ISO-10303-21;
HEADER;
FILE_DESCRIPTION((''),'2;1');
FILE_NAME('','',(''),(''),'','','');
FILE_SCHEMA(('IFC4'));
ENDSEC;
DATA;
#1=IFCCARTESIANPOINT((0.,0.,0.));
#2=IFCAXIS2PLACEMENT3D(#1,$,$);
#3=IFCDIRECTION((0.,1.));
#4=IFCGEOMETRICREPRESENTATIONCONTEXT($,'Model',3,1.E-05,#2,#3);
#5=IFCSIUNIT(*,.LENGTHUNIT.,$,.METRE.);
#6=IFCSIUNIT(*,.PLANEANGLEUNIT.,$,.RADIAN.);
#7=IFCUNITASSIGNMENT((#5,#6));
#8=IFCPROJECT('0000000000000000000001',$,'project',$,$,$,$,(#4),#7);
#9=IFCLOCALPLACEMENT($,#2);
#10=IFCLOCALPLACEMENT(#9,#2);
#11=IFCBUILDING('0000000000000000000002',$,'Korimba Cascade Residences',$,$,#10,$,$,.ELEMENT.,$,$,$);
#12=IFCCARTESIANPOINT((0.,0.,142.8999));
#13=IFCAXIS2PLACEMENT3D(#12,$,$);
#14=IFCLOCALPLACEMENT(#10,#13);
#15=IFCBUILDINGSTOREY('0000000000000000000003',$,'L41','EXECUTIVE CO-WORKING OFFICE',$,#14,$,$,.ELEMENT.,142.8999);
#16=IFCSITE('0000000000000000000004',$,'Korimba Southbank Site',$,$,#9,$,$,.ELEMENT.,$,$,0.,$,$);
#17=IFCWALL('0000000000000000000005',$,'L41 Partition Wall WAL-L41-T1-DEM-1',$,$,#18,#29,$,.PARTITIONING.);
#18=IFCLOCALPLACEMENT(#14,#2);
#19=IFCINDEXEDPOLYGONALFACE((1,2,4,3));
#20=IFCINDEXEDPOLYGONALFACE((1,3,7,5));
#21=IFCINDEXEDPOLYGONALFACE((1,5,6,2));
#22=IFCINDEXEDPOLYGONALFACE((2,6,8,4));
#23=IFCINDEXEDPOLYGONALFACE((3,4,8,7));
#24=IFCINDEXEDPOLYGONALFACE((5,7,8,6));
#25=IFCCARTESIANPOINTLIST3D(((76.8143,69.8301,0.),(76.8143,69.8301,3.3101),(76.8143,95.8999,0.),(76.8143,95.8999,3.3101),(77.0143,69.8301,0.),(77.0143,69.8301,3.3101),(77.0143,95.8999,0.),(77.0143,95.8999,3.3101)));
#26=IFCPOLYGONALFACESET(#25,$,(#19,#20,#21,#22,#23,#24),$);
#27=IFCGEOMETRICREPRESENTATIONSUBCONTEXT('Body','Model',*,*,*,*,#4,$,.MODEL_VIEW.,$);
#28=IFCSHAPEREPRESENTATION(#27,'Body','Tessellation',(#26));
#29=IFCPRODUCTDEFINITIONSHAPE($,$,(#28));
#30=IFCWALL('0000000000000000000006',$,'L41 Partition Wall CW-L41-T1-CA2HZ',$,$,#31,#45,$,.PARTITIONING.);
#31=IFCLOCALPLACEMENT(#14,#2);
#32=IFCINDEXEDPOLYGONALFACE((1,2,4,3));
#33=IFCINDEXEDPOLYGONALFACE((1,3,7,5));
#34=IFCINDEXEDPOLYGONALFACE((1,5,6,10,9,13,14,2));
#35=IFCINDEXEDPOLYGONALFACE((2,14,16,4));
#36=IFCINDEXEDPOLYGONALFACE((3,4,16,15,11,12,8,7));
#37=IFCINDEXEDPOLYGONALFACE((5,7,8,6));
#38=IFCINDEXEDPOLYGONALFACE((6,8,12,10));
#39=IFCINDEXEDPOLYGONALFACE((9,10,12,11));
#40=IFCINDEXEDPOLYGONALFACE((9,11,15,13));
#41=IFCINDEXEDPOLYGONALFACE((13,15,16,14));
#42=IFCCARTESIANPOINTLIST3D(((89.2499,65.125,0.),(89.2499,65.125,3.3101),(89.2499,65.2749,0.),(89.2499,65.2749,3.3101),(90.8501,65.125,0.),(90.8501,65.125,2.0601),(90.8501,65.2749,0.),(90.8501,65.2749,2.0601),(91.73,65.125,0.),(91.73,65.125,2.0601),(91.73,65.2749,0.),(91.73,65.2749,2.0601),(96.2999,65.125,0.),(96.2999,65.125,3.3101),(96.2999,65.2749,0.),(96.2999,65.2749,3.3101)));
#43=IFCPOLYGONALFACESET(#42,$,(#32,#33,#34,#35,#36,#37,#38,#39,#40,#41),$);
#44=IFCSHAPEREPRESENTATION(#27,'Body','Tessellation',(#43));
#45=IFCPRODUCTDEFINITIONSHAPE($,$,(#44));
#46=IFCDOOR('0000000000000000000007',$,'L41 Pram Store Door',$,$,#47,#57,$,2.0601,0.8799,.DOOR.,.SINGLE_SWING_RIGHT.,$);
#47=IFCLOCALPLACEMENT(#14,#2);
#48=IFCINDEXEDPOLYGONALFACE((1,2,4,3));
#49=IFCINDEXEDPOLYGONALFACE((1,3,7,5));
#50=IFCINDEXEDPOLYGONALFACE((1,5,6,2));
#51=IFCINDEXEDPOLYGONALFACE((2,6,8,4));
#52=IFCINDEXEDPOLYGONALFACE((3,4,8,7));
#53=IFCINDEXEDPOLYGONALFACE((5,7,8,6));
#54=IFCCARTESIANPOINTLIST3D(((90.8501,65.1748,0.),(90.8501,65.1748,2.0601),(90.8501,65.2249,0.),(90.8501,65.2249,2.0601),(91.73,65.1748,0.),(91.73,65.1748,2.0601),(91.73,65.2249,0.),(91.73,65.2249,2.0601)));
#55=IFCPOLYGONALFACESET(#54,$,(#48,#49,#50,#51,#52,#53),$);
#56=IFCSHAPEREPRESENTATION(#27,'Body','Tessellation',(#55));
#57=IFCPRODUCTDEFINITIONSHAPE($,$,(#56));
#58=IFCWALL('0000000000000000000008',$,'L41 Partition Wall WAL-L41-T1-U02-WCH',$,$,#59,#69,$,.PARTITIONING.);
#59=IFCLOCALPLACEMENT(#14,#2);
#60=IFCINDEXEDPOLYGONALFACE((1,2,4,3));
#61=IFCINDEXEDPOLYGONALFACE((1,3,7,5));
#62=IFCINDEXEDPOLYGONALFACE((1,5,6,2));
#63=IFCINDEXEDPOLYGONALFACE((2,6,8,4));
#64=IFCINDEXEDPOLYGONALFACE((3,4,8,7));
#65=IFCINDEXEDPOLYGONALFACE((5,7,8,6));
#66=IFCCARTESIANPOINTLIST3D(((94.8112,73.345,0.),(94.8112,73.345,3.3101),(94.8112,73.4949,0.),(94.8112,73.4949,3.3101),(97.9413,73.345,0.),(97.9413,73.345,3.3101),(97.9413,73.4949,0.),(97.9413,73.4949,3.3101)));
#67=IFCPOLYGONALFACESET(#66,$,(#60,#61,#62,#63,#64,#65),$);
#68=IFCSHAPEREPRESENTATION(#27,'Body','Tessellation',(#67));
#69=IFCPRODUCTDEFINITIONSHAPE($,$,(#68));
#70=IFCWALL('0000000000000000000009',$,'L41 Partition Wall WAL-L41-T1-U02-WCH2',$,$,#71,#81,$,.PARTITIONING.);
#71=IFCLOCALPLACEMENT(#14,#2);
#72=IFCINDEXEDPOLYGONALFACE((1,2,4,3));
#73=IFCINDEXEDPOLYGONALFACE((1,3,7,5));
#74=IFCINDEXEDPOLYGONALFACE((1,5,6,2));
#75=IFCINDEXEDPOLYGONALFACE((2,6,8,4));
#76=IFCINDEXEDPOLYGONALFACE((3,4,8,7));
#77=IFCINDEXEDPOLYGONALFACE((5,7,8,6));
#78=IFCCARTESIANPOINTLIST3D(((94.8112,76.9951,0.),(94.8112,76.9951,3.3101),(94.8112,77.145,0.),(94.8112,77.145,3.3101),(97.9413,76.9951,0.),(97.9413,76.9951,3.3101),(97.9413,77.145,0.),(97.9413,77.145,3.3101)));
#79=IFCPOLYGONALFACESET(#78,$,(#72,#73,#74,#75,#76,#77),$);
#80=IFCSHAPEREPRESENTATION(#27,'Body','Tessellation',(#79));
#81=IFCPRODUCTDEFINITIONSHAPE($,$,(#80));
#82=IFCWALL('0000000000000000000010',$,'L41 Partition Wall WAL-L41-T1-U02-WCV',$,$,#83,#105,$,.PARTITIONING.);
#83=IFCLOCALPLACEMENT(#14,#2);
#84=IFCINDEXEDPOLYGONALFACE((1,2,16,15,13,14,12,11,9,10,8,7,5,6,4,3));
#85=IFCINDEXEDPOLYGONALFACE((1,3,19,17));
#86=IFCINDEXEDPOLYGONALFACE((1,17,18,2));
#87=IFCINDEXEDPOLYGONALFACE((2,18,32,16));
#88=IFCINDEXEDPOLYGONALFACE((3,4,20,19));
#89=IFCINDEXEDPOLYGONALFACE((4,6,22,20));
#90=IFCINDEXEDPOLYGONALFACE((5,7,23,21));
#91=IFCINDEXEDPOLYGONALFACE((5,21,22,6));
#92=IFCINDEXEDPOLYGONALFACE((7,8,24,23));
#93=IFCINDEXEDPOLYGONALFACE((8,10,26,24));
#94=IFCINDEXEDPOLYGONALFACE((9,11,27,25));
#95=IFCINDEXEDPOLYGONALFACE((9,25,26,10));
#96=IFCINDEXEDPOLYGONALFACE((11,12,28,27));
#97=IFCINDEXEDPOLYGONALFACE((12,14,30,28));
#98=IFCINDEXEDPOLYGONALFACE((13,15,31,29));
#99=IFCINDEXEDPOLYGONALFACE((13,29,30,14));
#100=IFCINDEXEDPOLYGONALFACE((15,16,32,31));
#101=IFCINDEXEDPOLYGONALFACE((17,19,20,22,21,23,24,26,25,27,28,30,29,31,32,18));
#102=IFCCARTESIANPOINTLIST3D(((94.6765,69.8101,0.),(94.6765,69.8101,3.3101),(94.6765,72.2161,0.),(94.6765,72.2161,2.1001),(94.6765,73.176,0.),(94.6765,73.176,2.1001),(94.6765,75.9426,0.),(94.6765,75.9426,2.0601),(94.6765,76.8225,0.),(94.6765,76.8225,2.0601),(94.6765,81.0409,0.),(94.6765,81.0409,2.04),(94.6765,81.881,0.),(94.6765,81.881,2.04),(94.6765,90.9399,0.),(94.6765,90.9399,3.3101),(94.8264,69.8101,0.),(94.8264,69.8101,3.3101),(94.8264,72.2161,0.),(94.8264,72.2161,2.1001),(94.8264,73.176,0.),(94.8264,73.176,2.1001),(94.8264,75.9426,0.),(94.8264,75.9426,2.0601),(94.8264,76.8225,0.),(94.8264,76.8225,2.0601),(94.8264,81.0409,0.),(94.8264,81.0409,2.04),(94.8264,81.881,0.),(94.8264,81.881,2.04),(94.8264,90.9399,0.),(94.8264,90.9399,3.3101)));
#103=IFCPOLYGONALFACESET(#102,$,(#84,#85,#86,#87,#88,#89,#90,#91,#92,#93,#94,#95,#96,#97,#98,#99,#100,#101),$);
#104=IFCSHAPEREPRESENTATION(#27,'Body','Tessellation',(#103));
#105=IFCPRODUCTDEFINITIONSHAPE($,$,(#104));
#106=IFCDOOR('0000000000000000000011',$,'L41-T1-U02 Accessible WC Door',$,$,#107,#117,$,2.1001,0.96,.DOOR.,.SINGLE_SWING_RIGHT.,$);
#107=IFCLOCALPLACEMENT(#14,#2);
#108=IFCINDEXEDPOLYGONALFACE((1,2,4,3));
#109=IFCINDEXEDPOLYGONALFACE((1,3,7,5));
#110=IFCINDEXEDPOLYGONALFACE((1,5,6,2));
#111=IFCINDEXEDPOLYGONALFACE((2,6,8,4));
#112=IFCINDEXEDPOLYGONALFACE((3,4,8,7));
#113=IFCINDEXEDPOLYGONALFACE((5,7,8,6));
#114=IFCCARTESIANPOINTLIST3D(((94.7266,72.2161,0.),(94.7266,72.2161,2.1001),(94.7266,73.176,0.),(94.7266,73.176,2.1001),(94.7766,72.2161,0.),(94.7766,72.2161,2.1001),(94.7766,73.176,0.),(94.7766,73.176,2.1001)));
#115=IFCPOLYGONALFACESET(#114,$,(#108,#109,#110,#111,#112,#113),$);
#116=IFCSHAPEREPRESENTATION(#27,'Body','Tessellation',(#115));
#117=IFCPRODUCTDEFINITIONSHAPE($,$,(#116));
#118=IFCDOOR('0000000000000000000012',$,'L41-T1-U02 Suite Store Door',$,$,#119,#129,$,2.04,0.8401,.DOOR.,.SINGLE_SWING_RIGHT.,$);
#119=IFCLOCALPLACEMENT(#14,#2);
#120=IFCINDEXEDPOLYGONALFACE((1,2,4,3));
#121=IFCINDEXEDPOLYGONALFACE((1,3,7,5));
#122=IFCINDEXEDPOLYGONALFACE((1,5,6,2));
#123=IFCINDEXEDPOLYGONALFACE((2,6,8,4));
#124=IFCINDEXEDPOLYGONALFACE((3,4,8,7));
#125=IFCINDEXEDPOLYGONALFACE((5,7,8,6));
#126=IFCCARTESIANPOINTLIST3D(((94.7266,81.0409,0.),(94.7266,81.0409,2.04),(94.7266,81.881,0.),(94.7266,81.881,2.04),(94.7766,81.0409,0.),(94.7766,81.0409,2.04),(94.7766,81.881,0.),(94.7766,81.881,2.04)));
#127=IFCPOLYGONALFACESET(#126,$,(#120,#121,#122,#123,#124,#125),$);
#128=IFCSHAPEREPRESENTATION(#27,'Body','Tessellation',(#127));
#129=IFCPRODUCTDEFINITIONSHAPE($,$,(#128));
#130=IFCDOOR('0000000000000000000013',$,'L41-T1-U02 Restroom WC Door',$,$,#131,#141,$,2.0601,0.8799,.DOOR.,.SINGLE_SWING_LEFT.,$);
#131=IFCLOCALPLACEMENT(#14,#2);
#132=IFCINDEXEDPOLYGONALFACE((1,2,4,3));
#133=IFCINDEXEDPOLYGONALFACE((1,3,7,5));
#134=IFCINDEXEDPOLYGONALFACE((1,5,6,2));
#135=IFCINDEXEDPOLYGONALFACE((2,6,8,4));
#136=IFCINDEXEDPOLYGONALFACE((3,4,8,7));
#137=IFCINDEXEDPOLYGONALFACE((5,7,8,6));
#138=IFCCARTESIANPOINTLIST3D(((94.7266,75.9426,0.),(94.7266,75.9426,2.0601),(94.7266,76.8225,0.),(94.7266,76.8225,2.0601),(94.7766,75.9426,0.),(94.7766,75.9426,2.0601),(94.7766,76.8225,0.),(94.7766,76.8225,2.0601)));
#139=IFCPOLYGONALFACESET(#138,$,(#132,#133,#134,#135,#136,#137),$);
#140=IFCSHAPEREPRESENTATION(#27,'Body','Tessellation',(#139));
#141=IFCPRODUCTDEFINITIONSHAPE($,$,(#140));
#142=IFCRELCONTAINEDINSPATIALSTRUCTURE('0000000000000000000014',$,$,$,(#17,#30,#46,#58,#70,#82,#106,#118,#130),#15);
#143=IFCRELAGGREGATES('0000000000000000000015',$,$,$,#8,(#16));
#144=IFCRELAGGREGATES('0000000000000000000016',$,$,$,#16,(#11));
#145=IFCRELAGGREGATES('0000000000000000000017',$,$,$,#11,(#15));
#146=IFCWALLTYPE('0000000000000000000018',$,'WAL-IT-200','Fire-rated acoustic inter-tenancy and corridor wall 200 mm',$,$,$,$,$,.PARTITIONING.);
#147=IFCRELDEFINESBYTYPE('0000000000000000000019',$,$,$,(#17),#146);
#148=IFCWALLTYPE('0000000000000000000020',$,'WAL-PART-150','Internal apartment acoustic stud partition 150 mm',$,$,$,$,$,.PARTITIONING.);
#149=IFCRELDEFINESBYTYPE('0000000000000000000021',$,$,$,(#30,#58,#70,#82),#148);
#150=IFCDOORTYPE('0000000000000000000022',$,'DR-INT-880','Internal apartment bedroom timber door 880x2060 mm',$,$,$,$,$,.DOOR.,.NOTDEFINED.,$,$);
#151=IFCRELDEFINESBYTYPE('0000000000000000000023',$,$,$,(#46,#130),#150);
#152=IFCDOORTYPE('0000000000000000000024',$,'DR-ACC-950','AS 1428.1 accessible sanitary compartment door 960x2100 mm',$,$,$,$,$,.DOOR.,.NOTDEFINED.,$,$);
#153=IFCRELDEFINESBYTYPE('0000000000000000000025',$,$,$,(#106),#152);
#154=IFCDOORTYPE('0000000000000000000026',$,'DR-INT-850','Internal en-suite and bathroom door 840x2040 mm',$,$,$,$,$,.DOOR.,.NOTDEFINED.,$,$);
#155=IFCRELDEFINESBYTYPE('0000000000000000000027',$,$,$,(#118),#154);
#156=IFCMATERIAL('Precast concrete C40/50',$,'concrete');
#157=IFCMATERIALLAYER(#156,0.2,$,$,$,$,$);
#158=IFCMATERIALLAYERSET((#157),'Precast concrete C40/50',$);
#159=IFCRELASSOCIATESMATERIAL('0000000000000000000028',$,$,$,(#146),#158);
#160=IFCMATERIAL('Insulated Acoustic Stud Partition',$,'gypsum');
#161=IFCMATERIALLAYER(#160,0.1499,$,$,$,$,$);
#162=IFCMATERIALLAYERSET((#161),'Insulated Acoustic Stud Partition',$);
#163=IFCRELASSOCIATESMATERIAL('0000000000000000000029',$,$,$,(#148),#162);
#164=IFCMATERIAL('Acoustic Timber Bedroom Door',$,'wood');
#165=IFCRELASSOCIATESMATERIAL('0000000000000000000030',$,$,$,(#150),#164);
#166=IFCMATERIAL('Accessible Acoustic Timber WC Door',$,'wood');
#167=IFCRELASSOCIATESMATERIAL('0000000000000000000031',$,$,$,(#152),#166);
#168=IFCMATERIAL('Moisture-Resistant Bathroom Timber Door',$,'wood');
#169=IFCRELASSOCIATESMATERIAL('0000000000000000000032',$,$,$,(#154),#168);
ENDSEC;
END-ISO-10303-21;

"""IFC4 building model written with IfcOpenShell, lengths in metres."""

from ifc_helpers import new_model, si_unit, direction, frame, frame_2d, origin, place, context, subcontext, project, spatial, rectangle, extrude, material, layer, layer_set, type_object, element, fill, save


model = new_model("IFC4")

# Units and contexts
model_context = context("Model", 3, precision=1e-05, world=origin(), true_north=direction((0.0, 1.0)))
body_context = subcontext(model_context, "Body", "Model", "MODEL_VIEW")
ifc_project = project(units=[si_unit("LENGTHUNIT", "METRE"), si_unit("PLANEANGLEUNIT", "RADIAN")], contexts=[model_context])

# Site, building, storey
site_placement = place(None, origin())
site = spatial("IfcSite", under=ifc_project, at=site_placement, Name="Korimba Southbank Site", CompositionType="ELEMENT", RefElevation=0.0)
building_placement = place(site_placement, origin())
building = spatial("IfcBuilding", under=site, at=building_placement, Name="Korimba Cascade Residences", CompositionType="ELEMENT")
storey_placement = place(building_placement, frame((0.0, 0.0, 142.8999)))
storey = spatial("IfcBuildingStorey", under=building, at=storey_placement, Name="L41", Description="EXECUTIVE CO-WORKING OFFICE", CompositionType="ELEMENT", Elevation=142.8999)

# Wall
ifc_material_1 = material(Name="Precast concrete C40/50", Category="concrete")
ifc_layer_1 = layer(ifc_material_1, 0.2)
ifc_layer_set_1 = layer_set([ifc_layer_1], Name="Precast concrete C40/50")
wall_type_1 = type_object("IfcWallType", Name="WAL-IT-200", Description="Fire-rated acoustic inter-tenancy and corridor wall 200 mm", PredefinedType="PARTITIONING", material=ifc_layer_set_1)
wall_1_placement = place(storey_placement, frame((76.9143, 69.8301, 0.0), z_axis=(0.0, 0.0, 1.0), x_axis=(0.0, 1.0, 0.0)))
element("IfcWall", 1, at=wall_1_placement, inside=storey, type_object=wall_type_1, Name="L41 Partition Wall WAL-L41-T1-DEM-1", PredefinedType="PARTITIONING", context=body_context, shape_type="SweptSolid", body=[
    extrude(rectangle(XDim=26.0698, YDim=0.2, at=frame_2d((13.0349, 0.0))), origin(), (0.0, 0.0, 1.0), 3.3101),
])

# Wall, opening, door
ifc_material_2 = material(Name="Insulated Acoustic Stud Partition", Category="gypsum")
ifc_layer_2 = layer(ifc_material_2, 0.1499)
ifc_layer_set_2 = layer_set([ifc_layer_2], Name="Insulated Acoustic Stud Partition")
wall_type_2 = type_object("IfcWallType", Name="WAL-PART-150", Description="Internal apartment acoustic stud partition 150 mm", PredefinedType="PARTITIONING", material=ifc_layer_set_2)
wall_2_placement = place(storey_placement, frame((89.25, 65.2, 0.0), z_axis=(0.0, 0.0, 1.0), x_axis=(1.0, 0.0, 0.0)))
wall_2 = element("IfcWall", 2, at=wall_2_placement, inside=storey, type_object=wall_type_2, Name="L41 Partition Wall CW-L41-T1-CA2HZ", PredefinedType="PARTITIONING", context=body_context, shape_type="SweptSolid", body=[
    extrude(rectangle(XDim=7.05, YDim=0.1499, at=frame_2d((3.5249, 0.0))), origin(), (0.0, 0.0, 1.0), 3.3101),
])
opening_1_placement = place(wall_2_placement, frame((1.6001, 0.0, 0.0)))
opening_1 = element("IfcOpeningElement", 3, at=opening_1_placement, cuts=wall_2, PredefinedType="OPENING", context=body_context, shape_type="SweptSolid", body=[
    extrude(rectangle(XDim=0.8799, YDim=2.0601, at=frame_2d((0.4399, 1.03))), frame((0.0, 0.085, 0.0), z_axis=(0.0, -1.0, 0.0), x_axis=(1.0, 0.0, 0.0)), (0.0, 0.0, 1.0), 0.1699),
])
ifc_material_3 = material(Name="Acoustic Timber Bedroom Door", Category="wood")
door_type_1 = type_object("IfcDoorType", Name="DR-INT-880", Description="Internal apartment bedroom timber door 880x2060 mm", OperationType="NOTDEFINED", PredefinedType="DOOR", material=ifc_material_3)
door_1_placement = place(opening_1_placement, origin())
door_1 = element("IfcDoor", 4, at=door_1_placement, inside=storey, type_object=door_type_1, Name="L41 Pram Store Door", OperationType="SINGLE_SWING_RIGHT", OverallHeight=2.0601, OverallWidth=0.8799, PredefinedType="DOOR", context=body_context, shape_type="SweptSolid", body=[
    extrude(rectangle(XDim=0.8799, YDim=2.0601, at=frame_2d((0.4399, 1.03))), frame((0.0, 0.0249, 0.0), z_axis=(0.0, -1.0, 0.0), x_axis=(1.0, 0.0, 0.0)), (0.0, 0.0, 1.0), 0.05),
])
fill(opening_1, door_1)

# Walls
for number, where, z_axis, x_axis, name in (
    (5, (94.8113, 73.4199, 0.0), (0.0, 0.0, 1.0), (1.0, 0.0, 0.0), "L41 Partition Wall WAL-L41-T1-U02-WCH"),
    (6, (94.8113, 77.0701, 0.0), (0.0, 0.0, 1.0), (1.0, 0.0, 0.0), "L41 Partition Wall WAL-L41-T1-U02-WCH2"),
):
    element("IfcWall", number, at=place(storey_placement, frame(where, z_axis=z_axis, x_axis=x_axis)), inside=storey, type_object=wall_type_2, Name=name, PredefinedType="PARTITIONING", context=body_context, shape_type="SweptSolid", body=[
        extrude(rectangle(XDim=3.1301, YDim=0.1499, at=frame_2d((1.5649, 0.0))), origin(), (0.0, 0.0, 1.0), 3.3101),
    ])

# Wall, openings, doors
wall_3_placement = place(storey_placement, frame((94.7515, 69.8101, 0.0), z_axis=(0.0, 0.0, 1.0), x_axis=(0.0, 1.0, 0.0)))
wall_3 = element("IfcWall", 7, at=wall_3_placement, inside=storey, type_object=wall_type_2, Name="L41 Partition Wall WAL-L41-T1-U02-WCV", PredefinedType="PARTITIONING", context=body_context, shape_type="SweptSolid", body=[
    extrude(rectangle(XDim=21.1299, YDim=0.1499, at=frame_2d((10.5649, 0.0))), origin(), (0.0, 0.0, 1.0), 3.3101),
])
opening_2_placement = place(wall_3_placement, frame((2.406, 0.0, 0.0)))
opening_2 = element("IfcOpeningElement", 8, at=opening_2_placement, cuts=wall_3, PredefinedType="OPENING", context=body_context, shape_type="SweptSolid", body=[
    extrude(rectangle(XDim=0.96, YDim=2.1001, at=frame_2d((0.48, 1.05))), frame((0.0, 0.085, 0.0), z_axis=(0.0, -1.0, 0.0), x_axis=(1.0, 0.0, 0.0)), (0.0, 0.0, 1.0), 0.1699),
])
opening_3_placement = place(wall_3_placement, frame((6.1326, 0.0, 0.0)))
opening_3 = element("IfcOpeningElement", 9, at=opening_3_placement, cuts=wall_3, PredefinedType="OPENING", context=body_context, shape_type="SweptSolid", body=[
    extrude(rectangle(XDim=0.8799, YDim=2.0601, at=frame_2d((0.4399, 1.03))), frame((0.0, 0.085, 0.0), z_axis=(0.0, -1.0, 0.0), x_axis=(1.0, 0.0, 0.0)), (0.0, 0.0, 1.0), 0.1699),
])
opening_4_placement = place(wall_3_placement, frame((11.231, 0.0, 0.0)))
opening_4 = element("IfcOpeningElement", 10, at=opening_4_placement, cuts=wall_3, PredefinedType="OPENING", context=body_context, shape_type="SweptSolid", body=[
    extrude(rectangle(XDim=0.8401, YDim=2.04, at=frame_2d((0.4199, 1.02))), frame((0.0, 0.085, 0.0), z_axis=(0.0, -1.0, 0.0), x_axis=(1.0, 0.0, 0.0)), (0.0, 0.0, 1.0), 0.1699),
])
ifc_material_4 = material(Name="Accessible Acoustic Timber WC Door", Category="wood")
door_type_2 = type_object("IfcDoorType", Name="DR-ACC-950", Description="AS 1428.1 accessible sanitary compartment door 960x2100 mm", OperationType="NOTDEFINED", PredefinedType="DOOR", material=ifc_material_4)
door_2_placement = place(opening_2_placement, origin())
door_2 = element("IfcDoor", 11, at=door_2_placement, inside=storey, type_object=door_type_2, Name="L41-T1-U02 Accessible WC Door", OperationType="SINGLE_SWING_RIGHT", OverallHeight=2.1001, OverallWidth=0.96, PredefinedType="DOOR", context=body_context, shape_type="SweptSolid", body=[
    extrude(rectangle(XDim=0.96, YDim=2.1001, at=frame_2d((0.48, 1.05))), frame((0.0, 0.0249, 0.0), z_axis=(0.0, -1.0, 0.0), x_axis=(1.0, 0.0, 0.0)), (0.0, 0.0, 1.0), 0.05),
])
fill(opening_2, door_2)
ifc_material_5 = material(Name="Moisture-Resistant Bathroom Timber Door", Category="wood")
door_type_3 = type_object("IfcDoorType", Name="DR-INT-850", Description="Internal en-suite and bathroom door 840x2040 mm", OperationType="NOTDEFINED", PredefinedType="DOOR", material=ifc_material_5)
door_3_placement = place(opening_4_placement, origin())
door_3 = element("IfcDoor", 12, at=door_3_placement, inside=storey, type_object=door_type_3, Name="L41-T1-U02 Suite Store Door", OperationType="SINGLE_SWING_RIGHT", OverallHeight=2.04, OverallWidth=0.8401, PredefinedType="DOOR", context=body_context, shape_type="SweptSolid", body=[
    extrude(rectangle(XDim=0.8401, YDim=2.04, at=frame_2d((0.4199, 1.02))), frame((0.0, 0.0249, 0.0), z_axis=(0.0, -1.0, 0.0), x_axis=(1.0, 0.0, 0.0)), (0.0, 0.0, 1.0), 0.05),
])
fill(opening_4, door_3)
door_4_placement = place(opening_3_placement, origin())
door_4 = element("IfcDoor", 13, at=door_4_placement, inside=storey, type_object=door_type_1, Name="L41-T1-U02 Restroom WC Door", OperationType="SINGLE_SWING_LEFT", OverallHeight=2.0601, OverallWidth=0.8799, PredefinedType="DOOR", context=body_context, shape_type="SweptSolid", body=[
    extrude(rectangle(XDim=0.8799, YDim=2.0601, at=frame_2d((0.4399, 1.03))), frame((0.0, 0.0249, 0.0), z_axis=(0.0, -1.0, 0.0), x_axis=(1.0, 0.0, 0.0)), (0.0, 0.0, 1.0), 0.05),
])
fill(opening_3, door_4)

save(model, "model.ifc")
